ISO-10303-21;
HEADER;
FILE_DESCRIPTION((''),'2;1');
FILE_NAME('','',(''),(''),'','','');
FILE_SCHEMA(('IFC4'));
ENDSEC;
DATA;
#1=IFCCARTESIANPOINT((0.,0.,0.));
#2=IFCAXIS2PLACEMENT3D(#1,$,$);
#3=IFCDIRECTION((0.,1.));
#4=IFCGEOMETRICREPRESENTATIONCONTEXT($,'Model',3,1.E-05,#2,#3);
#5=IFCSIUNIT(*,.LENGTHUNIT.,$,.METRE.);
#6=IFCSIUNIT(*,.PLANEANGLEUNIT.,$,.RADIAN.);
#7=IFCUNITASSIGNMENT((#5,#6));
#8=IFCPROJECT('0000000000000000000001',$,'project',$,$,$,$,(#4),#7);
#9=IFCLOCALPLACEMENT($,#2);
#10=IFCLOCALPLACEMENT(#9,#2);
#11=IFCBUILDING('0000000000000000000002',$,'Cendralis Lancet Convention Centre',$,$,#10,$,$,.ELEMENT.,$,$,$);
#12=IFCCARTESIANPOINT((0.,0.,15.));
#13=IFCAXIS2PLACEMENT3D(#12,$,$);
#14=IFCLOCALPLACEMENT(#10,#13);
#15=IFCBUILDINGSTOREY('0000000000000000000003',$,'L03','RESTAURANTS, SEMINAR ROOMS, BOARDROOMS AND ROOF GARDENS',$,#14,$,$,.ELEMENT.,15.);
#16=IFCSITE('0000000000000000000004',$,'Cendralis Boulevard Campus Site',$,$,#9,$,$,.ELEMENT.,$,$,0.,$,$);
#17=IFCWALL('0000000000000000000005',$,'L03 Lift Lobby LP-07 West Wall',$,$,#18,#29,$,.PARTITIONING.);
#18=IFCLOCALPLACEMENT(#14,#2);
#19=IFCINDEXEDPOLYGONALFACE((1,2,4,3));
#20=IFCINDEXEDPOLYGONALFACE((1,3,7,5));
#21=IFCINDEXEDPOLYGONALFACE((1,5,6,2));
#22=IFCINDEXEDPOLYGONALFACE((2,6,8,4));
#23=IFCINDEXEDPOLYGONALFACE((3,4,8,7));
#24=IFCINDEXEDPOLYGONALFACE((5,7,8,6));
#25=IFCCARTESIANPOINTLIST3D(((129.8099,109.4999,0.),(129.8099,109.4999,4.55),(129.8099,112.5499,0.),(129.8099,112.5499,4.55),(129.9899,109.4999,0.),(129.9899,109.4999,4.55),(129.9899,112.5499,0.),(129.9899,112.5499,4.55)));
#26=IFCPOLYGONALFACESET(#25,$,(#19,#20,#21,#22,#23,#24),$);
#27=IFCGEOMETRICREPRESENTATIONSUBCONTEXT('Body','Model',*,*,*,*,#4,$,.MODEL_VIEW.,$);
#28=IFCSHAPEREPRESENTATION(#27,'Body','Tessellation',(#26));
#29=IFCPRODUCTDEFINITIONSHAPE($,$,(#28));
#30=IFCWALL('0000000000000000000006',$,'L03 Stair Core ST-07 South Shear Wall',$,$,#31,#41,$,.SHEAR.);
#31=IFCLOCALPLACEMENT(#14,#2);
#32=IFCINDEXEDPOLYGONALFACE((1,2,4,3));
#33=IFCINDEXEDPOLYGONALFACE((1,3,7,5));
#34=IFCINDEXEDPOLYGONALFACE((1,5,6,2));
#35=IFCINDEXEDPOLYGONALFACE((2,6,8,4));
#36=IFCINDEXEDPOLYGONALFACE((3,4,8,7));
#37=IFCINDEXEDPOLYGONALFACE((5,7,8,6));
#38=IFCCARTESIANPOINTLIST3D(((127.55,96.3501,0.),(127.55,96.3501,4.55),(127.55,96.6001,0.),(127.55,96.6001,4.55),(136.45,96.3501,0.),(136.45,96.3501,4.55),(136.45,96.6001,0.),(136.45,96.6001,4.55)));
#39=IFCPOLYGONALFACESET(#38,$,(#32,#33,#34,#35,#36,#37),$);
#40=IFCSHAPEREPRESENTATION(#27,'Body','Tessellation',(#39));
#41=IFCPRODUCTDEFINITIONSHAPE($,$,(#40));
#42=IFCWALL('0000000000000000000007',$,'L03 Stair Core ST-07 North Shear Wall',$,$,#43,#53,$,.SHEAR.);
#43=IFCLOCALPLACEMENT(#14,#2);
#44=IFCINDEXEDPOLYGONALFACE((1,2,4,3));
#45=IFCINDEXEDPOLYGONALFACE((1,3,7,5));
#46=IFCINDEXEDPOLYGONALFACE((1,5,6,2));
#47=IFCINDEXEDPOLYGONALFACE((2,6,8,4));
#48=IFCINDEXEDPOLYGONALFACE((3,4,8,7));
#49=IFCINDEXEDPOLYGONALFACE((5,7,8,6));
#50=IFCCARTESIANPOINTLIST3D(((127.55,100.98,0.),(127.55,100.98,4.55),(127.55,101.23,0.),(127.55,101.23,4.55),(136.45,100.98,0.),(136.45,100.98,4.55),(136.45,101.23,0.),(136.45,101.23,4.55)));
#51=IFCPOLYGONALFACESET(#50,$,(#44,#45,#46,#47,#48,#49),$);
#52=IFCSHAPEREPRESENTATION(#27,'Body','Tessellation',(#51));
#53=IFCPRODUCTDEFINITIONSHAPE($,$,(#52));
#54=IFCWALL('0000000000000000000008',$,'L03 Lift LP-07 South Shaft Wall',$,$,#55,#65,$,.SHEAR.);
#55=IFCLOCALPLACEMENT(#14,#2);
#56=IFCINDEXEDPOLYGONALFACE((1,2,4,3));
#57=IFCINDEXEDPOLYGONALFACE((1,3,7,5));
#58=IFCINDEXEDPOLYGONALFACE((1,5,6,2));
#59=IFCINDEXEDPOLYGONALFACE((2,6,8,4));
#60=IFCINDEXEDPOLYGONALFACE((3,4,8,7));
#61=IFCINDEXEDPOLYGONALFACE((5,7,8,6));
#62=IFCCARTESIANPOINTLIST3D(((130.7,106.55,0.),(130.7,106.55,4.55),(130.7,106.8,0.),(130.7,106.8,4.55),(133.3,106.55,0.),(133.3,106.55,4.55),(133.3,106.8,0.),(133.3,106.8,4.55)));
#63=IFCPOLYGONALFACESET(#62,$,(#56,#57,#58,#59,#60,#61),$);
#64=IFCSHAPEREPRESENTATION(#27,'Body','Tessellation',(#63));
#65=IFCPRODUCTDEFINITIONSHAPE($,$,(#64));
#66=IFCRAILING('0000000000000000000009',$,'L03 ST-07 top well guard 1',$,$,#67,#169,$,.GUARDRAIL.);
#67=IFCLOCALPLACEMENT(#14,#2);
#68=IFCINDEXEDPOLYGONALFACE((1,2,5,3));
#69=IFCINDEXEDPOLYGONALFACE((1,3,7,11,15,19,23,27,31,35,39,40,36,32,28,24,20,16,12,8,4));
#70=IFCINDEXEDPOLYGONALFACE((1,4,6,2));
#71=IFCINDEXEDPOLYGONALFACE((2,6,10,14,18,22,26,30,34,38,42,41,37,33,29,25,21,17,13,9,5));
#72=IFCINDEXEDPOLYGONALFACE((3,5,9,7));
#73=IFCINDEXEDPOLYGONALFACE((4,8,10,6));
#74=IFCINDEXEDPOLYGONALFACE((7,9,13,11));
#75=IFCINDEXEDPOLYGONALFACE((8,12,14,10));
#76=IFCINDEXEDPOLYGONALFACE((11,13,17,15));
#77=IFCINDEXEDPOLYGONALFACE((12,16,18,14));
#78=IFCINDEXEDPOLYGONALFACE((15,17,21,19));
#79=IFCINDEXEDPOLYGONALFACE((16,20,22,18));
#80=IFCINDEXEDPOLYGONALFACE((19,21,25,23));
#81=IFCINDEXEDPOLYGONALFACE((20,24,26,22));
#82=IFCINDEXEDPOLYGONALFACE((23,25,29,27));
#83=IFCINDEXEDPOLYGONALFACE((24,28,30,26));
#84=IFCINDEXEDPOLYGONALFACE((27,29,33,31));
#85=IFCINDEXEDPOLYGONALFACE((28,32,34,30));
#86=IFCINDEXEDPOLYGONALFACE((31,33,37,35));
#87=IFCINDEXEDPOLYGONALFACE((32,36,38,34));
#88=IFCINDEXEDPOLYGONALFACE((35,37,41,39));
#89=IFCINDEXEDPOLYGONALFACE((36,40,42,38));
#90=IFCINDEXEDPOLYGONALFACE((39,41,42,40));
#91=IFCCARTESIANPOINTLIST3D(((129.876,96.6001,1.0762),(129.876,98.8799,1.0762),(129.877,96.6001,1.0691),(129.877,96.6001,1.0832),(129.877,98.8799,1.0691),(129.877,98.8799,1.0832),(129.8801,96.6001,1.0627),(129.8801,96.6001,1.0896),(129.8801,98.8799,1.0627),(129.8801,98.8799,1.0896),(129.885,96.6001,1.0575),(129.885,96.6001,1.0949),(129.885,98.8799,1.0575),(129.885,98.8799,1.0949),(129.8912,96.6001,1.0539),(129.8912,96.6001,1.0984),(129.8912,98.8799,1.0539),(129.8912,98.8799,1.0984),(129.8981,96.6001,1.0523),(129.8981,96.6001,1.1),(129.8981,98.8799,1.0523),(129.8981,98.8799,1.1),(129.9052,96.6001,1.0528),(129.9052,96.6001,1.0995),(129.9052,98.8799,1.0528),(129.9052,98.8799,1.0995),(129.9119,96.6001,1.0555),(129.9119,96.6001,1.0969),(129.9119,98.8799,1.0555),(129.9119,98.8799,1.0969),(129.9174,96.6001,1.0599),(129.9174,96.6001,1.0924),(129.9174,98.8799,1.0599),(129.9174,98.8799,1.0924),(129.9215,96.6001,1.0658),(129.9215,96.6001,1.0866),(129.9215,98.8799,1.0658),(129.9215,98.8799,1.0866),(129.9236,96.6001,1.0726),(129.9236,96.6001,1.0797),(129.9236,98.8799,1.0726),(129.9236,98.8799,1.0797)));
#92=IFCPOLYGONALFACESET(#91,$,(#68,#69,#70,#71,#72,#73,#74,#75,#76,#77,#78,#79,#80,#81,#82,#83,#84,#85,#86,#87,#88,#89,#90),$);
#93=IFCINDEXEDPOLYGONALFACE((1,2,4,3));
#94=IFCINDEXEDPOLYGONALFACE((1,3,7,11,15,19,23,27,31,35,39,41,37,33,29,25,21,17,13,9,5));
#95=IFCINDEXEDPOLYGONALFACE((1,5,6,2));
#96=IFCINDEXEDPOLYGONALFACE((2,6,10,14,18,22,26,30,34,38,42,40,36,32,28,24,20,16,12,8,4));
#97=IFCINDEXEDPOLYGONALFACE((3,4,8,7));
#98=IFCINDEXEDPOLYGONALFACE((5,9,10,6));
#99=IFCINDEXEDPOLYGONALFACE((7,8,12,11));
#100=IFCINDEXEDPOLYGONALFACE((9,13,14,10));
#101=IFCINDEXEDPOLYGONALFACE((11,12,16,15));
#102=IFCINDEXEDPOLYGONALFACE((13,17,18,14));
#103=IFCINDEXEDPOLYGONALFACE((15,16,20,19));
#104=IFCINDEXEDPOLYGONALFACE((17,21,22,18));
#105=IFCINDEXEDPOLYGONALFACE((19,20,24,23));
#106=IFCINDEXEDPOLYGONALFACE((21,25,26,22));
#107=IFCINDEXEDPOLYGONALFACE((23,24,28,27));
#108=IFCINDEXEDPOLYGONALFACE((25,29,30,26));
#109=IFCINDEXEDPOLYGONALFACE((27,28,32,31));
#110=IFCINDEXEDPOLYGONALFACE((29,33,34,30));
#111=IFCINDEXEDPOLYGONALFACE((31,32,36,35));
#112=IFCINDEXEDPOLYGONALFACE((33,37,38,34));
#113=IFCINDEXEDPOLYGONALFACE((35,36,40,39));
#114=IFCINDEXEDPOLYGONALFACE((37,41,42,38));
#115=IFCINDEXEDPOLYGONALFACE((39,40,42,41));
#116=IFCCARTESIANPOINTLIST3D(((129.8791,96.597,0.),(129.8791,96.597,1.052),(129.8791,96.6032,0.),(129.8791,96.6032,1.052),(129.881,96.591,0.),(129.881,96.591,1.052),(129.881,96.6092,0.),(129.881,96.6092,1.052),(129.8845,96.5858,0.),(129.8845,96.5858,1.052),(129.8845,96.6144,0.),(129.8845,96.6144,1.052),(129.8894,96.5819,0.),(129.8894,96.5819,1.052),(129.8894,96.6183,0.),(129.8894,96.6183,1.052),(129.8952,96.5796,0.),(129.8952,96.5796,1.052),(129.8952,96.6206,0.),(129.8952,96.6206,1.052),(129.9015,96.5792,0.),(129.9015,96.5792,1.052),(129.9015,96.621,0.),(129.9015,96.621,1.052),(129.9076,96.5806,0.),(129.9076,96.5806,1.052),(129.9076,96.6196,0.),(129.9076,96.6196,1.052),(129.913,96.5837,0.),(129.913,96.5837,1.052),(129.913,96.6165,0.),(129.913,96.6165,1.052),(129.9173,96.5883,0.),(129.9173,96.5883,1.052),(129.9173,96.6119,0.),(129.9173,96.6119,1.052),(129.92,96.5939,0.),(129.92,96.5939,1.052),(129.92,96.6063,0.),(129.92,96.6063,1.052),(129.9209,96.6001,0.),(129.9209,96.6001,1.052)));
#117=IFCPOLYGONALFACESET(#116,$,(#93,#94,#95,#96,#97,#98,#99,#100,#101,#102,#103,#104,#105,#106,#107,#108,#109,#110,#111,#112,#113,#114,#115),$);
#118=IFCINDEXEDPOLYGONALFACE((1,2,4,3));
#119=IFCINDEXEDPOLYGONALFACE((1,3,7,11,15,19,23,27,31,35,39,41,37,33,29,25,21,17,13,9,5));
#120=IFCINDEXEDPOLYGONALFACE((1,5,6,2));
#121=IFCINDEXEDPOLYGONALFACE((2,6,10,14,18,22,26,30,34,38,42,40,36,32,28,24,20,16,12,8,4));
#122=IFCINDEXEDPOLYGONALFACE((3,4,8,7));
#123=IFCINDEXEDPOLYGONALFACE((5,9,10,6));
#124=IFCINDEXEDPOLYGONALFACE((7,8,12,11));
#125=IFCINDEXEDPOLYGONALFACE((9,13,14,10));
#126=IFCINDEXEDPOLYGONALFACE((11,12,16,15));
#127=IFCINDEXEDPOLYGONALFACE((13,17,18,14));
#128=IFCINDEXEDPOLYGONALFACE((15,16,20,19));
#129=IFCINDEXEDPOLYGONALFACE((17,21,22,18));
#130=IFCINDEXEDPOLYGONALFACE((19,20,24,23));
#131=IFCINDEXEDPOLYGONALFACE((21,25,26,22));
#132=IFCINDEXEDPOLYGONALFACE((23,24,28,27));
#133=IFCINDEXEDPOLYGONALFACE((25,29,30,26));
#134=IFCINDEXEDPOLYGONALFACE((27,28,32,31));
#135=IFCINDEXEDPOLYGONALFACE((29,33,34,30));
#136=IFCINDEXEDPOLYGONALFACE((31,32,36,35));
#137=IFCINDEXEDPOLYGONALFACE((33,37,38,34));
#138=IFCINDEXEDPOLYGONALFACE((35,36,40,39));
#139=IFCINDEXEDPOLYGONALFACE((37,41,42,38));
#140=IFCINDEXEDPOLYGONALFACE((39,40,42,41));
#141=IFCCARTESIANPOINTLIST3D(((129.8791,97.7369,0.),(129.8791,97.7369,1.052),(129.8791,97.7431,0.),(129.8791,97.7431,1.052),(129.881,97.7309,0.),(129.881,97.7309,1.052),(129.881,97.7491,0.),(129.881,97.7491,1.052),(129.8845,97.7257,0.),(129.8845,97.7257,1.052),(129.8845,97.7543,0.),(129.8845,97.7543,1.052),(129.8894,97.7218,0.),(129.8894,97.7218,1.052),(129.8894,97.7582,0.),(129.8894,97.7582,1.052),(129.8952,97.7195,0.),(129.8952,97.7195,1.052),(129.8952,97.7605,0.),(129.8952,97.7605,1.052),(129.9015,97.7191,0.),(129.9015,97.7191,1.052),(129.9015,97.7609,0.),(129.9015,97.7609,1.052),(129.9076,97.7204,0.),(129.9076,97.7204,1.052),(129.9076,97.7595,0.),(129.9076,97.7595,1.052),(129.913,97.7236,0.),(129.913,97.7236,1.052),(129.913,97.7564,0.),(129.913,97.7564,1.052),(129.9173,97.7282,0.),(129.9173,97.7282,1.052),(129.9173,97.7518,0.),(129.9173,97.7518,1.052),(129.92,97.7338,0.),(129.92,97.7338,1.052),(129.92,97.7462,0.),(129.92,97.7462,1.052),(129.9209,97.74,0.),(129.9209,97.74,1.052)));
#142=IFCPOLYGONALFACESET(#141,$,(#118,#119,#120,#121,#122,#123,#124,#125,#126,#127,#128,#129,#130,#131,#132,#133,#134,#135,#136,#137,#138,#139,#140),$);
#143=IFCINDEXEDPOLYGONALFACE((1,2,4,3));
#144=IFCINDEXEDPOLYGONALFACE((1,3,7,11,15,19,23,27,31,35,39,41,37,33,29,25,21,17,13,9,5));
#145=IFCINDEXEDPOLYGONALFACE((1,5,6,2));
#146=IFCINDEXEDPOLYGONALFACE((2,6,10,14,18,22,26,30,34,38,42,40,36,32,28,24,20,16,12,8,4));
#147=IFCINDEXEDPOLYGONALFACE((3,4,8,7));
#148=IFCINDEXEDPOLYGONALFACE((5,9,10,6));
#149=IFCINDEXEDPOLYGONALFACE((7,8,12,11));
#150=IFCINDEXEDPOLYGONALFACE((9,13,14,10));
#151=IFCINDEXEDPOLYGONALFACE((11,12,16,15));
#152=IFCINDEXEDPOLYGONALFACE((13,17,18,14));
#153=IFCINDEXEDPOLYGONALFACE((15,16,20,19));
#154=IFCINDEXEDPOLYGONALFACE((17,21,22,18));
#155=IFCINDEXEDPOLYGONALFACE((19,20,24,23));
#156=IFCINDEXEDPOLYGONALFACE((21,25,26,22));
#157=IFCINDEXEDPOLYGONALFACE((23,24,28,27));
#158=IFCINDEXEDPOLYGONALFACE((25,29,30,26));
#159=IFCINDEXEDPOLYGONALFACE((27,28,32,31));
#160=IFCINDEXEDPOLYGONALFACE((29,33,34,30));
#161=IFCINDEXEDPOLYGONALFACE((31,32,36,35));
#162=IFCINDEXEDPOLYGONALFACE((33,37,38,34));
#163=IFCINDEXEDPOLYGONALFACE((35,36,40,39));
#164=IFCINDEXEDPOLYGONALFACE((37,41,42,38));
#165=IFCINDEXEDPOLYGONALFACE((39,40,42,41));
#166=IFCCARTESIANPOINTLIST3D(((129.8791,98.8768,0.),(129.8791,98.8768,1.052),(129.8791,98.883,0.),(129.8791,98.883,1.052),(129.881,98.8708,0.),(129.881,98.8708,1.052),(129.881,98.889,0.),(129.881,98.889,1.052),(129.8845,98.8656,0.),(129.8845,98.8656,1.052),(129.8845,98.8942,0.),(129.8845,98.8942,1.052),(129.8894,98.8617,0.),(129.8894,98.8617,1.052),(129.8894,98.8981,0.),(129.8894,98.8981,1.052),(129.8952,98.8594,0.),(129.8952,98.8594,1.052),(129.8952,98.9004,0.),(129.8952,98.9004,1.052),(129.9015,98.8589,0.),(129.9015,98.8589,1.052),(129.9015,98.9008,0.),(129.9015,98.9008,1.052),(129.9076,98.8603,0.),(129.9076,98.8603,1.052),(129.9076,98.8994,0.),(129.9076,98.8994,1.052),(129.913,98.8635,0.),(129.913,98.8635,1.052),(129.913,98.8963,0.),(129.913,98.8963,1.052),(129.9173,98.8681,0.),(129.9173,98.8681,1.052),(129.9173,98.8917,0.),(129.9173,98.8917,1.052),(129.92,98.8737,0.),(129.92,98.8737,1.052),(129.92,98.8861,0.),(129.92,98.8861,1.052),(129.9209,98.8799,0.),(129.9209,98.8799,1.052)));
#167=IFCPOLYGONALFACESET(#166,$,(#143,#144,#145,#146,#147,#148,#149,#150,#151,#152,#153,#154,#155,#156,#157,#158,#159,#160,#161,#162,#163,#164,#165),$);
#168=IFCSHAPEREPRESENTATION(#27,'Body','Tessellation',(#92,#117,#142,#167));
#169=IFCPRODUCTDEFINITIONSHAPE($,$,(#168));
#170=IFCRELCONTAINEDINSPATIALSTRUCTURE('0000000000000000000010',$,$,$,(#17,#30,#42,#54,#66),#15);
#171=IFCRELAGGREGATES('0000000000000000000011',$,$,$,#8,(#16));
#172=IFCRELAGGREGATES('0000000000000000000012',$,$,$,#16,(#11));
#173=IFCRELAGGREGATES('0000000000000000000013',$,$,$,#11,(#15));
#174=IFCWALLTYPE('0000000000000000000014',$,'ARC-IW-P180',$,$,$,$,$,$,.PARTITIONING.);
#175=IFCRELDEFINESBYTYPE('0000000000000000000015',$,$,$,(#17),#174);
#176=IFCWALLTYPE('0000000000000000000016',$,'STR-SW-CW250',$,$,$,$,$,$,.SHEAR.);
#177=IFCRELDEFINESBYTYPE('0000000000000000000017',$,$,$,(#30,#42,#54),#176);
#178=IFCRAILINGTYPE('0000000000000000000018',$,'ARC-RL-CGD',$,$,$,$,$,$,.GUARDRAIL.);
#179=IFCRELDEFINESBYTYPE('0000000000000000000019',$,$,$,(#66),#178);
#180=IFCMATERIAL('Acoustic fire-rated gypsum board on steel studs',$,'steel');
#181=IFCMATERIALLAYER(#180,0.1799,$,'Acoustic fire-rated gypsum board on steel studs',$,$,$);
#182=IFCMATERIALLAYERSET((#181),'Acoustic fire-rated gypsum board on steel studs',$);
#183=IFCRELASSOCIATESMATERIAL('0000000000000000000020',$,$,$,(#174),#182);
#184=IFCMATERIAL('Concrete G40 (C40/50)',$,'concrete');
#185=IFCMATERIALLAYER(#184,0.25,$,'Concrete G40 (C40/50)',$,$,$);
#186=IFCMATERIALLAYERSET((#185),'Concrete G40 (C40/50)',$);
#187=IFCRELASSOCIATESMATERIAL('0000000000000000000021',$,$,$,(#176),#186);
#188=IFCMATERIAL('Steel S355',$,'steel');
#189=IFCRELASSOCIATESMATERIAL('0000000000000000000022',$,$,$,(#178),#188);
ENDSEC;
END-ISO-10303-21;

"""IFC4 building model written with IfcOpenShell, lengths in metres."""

from ifc_helpers import new_model, si_unit, direction, frame, frame_2d, origin, origin_2d, place, context, subcontext, project, spatial, rectangle, circle, extrude, material, layer, layer_set, type_object, element, save


model = new_model("IFC4")

# Units and contexts
model_context = context("Model", 3, precision=1e-05, world=origin(), true_north=direction((0.0, 1.0)))
body_context = subcontext(model_context, "Body", "Model", "MODEL_VIEW")
ifc_project = project(units=[si_unit("LENGTHUNIT", "METRE"), si_unit("PLANEANGLEUNIT", "RADIAN")], contexts=[model_context])

# Site, building, storey
site_placement = place(None, origin())
site = spatial("IfcSite", under=ifc_project, at=site_placement, Name="Cendralis Boulevard Campus Site", CompositionType="ELEMENT", RefElevation=0.0)
building_placement = place(site_placement, origin())
building = spatial("IfcBuilding", under=site, at=building_placement, Name="Cendralis Lancet Convention Centre", CompositionType="ELEMENT")
storey_placement = place(building_placement, frame((0.0, 0.0, 15.0)))
storey = spatial("IfcBuildingStorey", under=building, at=storey_placement, Name="L03", Description="RESTAURANTS, SEMINAR ROOMS, BOARDROOMS AND ROOF GARDENS", CompositionType="ELEMENT", Elevation=15.0)

# Shared definitions
ifc_material_1 = material(Name="Steel S355", Category="steel")

# Shared definitions
ifc_material_2 = material(Name="Concrete G40 (C40/50)", Category="concrete")

# Shared definitions
ifc_material_3 = material(Name="Acoustic fire-rated gypsum board on steel studs", Category="steel")

# Shared definitions
ifc_layer_1 = layer(ifc_material_3, 0.1799, Name="Acoustic fire-rated gypsum board on steel studs")
ifc_layer_set_1 = layer_set([ifc_layer_1], Name="Acoustic fire-rated gypsum board on steel studs")
wall_type_1 = type_object("IfcWallType", Name="ARC-IW-P180", PredefinedType="PARTITIONING", material=ifc_layer_set_1)

# Wall
wall_1_placement = place(storey_placement, frame((129.8999, 109.5, 0.0), z_axis=(0.0, 0.0, 1.0), x_axis=(0.0, 1.0, 0.0)))
element("IfcWall", 1, at=wall_1_placement, inside=storey, type_object=wall_type_1, Name="L03 Lift Lobby LP-07 West Wall", PredefinedType="PARTITIONING", context=body_context, shape_type="SweptSolid", body=[
    extrude(rectangle(XDim=3.05, YDim=0.1799, at=frame_2d((1.5249, 0.0))), origin(), (0.0, 0.0, 1.0), 4.55),
])

# Shared definitions
ifc_layer_2 = layer(ifc_material_2, 0.25, Name="Concrete G40 (C40/50)")
ifc_layer_set_2 = layer_set([ifc_layer_2], Name="Concrete G40 (C40/50)")
wall_type_2 = type_object("IfcWallType", Name="STR-SW-CW250", PredefinedType="SHEAR", material=ifc_layer_set_2)

# Walls
for number, where, z_axis, x_axis, name in (
    (2, (127.55, 96.4751, 0.0), (0.0, 0.0, 1.0), (1.0, 0.0, 0.0), "L03 Stair Core ST-07 South Shear Wall"),
    (3, (127.55, 101.105, 0.0), (0.0, 0.0, 1.0), (1.0, 0.0, 0.0), "L03 Stair Core ST-07 North Shear Wall"),
):
    element("IfcWall", number, at=place(storey_placement, frame(where, z_axis=z_axis, x_axis=x_axis)), inside=storey, type_object=wall_type_2, Name=name, PredefinedType="SHEAR", context=body_context, shape_type="SweptSolid", body=[
        extrude(rectangle(XDim=8.8999, YDim=0.25, at=frame_2d((4.45, 0.0))), origin(), (0.0, 0.0, 1.0), 4.55),
    ])
wall_2_placement = place(storey_placement, frame((130.7, 106.675, 0.0), z_axis=(0.0, 0.0, 1.0), x_axis=(1.0, 0.0, 0.0)))
element("IfcWall", 4, at=wall_2_placement, inside=storey, type_object=wall_type_2, Name="L03 Lift LP-07 South Shaft Wall", PredefinedType="SHEAR", context=body_context, shape_type="SweptSolid", body=[
    extrude(rectangle(XDim=2.6001, YDim=0.25, at=frame_2d((1.3, 0.0))), origin(), (0.0, 0.0, 1.0), 4.55),
])

# Railing
railing_type = type_object("IfcRailingType", Name="ARC-RL-CGD", PredefinedType="GUARDRAIL", material=ifc_material_1)
railing_placement = place(storey_placement, frame((129.8999, 96.6001, 0.0)))
element("IfcRailing", 5, at=railing_placement, inside=storey, type_object=railing_type, Name="L03 ST-07 top well guard 1", PredefinedType="GUARDRAIL", context=body_context, shape_type="SweptSolid", body=[
    extrude(circle(Radius=0.0239, at=origin_2d()), frame((0.0, 0.0, 1.0762), z_axis=(0.0, 1.0, 0.0), x_axis=(-1.0, 0.0, 0.0)), (0.0, 0.0, 1.0), 2.2798),
    extrude(circle(Radius=0.021, at=origin_2d()), origin(), (0.0, 0.0, 1.0), 1.052),
    extrude(circle(Radius=0.021, at=origin_2d()), frame((0.0, 1.1399, 0.0)), (0.0, 0.0, 1.0), 1.052),
    extrude(circle(Radius=0.021, at=origin_2d()), frame((0.0, 2.2798, 0.0)), (0.0, 0.0, 1.0), 1.052),
])

save(model, "model.ifc")
